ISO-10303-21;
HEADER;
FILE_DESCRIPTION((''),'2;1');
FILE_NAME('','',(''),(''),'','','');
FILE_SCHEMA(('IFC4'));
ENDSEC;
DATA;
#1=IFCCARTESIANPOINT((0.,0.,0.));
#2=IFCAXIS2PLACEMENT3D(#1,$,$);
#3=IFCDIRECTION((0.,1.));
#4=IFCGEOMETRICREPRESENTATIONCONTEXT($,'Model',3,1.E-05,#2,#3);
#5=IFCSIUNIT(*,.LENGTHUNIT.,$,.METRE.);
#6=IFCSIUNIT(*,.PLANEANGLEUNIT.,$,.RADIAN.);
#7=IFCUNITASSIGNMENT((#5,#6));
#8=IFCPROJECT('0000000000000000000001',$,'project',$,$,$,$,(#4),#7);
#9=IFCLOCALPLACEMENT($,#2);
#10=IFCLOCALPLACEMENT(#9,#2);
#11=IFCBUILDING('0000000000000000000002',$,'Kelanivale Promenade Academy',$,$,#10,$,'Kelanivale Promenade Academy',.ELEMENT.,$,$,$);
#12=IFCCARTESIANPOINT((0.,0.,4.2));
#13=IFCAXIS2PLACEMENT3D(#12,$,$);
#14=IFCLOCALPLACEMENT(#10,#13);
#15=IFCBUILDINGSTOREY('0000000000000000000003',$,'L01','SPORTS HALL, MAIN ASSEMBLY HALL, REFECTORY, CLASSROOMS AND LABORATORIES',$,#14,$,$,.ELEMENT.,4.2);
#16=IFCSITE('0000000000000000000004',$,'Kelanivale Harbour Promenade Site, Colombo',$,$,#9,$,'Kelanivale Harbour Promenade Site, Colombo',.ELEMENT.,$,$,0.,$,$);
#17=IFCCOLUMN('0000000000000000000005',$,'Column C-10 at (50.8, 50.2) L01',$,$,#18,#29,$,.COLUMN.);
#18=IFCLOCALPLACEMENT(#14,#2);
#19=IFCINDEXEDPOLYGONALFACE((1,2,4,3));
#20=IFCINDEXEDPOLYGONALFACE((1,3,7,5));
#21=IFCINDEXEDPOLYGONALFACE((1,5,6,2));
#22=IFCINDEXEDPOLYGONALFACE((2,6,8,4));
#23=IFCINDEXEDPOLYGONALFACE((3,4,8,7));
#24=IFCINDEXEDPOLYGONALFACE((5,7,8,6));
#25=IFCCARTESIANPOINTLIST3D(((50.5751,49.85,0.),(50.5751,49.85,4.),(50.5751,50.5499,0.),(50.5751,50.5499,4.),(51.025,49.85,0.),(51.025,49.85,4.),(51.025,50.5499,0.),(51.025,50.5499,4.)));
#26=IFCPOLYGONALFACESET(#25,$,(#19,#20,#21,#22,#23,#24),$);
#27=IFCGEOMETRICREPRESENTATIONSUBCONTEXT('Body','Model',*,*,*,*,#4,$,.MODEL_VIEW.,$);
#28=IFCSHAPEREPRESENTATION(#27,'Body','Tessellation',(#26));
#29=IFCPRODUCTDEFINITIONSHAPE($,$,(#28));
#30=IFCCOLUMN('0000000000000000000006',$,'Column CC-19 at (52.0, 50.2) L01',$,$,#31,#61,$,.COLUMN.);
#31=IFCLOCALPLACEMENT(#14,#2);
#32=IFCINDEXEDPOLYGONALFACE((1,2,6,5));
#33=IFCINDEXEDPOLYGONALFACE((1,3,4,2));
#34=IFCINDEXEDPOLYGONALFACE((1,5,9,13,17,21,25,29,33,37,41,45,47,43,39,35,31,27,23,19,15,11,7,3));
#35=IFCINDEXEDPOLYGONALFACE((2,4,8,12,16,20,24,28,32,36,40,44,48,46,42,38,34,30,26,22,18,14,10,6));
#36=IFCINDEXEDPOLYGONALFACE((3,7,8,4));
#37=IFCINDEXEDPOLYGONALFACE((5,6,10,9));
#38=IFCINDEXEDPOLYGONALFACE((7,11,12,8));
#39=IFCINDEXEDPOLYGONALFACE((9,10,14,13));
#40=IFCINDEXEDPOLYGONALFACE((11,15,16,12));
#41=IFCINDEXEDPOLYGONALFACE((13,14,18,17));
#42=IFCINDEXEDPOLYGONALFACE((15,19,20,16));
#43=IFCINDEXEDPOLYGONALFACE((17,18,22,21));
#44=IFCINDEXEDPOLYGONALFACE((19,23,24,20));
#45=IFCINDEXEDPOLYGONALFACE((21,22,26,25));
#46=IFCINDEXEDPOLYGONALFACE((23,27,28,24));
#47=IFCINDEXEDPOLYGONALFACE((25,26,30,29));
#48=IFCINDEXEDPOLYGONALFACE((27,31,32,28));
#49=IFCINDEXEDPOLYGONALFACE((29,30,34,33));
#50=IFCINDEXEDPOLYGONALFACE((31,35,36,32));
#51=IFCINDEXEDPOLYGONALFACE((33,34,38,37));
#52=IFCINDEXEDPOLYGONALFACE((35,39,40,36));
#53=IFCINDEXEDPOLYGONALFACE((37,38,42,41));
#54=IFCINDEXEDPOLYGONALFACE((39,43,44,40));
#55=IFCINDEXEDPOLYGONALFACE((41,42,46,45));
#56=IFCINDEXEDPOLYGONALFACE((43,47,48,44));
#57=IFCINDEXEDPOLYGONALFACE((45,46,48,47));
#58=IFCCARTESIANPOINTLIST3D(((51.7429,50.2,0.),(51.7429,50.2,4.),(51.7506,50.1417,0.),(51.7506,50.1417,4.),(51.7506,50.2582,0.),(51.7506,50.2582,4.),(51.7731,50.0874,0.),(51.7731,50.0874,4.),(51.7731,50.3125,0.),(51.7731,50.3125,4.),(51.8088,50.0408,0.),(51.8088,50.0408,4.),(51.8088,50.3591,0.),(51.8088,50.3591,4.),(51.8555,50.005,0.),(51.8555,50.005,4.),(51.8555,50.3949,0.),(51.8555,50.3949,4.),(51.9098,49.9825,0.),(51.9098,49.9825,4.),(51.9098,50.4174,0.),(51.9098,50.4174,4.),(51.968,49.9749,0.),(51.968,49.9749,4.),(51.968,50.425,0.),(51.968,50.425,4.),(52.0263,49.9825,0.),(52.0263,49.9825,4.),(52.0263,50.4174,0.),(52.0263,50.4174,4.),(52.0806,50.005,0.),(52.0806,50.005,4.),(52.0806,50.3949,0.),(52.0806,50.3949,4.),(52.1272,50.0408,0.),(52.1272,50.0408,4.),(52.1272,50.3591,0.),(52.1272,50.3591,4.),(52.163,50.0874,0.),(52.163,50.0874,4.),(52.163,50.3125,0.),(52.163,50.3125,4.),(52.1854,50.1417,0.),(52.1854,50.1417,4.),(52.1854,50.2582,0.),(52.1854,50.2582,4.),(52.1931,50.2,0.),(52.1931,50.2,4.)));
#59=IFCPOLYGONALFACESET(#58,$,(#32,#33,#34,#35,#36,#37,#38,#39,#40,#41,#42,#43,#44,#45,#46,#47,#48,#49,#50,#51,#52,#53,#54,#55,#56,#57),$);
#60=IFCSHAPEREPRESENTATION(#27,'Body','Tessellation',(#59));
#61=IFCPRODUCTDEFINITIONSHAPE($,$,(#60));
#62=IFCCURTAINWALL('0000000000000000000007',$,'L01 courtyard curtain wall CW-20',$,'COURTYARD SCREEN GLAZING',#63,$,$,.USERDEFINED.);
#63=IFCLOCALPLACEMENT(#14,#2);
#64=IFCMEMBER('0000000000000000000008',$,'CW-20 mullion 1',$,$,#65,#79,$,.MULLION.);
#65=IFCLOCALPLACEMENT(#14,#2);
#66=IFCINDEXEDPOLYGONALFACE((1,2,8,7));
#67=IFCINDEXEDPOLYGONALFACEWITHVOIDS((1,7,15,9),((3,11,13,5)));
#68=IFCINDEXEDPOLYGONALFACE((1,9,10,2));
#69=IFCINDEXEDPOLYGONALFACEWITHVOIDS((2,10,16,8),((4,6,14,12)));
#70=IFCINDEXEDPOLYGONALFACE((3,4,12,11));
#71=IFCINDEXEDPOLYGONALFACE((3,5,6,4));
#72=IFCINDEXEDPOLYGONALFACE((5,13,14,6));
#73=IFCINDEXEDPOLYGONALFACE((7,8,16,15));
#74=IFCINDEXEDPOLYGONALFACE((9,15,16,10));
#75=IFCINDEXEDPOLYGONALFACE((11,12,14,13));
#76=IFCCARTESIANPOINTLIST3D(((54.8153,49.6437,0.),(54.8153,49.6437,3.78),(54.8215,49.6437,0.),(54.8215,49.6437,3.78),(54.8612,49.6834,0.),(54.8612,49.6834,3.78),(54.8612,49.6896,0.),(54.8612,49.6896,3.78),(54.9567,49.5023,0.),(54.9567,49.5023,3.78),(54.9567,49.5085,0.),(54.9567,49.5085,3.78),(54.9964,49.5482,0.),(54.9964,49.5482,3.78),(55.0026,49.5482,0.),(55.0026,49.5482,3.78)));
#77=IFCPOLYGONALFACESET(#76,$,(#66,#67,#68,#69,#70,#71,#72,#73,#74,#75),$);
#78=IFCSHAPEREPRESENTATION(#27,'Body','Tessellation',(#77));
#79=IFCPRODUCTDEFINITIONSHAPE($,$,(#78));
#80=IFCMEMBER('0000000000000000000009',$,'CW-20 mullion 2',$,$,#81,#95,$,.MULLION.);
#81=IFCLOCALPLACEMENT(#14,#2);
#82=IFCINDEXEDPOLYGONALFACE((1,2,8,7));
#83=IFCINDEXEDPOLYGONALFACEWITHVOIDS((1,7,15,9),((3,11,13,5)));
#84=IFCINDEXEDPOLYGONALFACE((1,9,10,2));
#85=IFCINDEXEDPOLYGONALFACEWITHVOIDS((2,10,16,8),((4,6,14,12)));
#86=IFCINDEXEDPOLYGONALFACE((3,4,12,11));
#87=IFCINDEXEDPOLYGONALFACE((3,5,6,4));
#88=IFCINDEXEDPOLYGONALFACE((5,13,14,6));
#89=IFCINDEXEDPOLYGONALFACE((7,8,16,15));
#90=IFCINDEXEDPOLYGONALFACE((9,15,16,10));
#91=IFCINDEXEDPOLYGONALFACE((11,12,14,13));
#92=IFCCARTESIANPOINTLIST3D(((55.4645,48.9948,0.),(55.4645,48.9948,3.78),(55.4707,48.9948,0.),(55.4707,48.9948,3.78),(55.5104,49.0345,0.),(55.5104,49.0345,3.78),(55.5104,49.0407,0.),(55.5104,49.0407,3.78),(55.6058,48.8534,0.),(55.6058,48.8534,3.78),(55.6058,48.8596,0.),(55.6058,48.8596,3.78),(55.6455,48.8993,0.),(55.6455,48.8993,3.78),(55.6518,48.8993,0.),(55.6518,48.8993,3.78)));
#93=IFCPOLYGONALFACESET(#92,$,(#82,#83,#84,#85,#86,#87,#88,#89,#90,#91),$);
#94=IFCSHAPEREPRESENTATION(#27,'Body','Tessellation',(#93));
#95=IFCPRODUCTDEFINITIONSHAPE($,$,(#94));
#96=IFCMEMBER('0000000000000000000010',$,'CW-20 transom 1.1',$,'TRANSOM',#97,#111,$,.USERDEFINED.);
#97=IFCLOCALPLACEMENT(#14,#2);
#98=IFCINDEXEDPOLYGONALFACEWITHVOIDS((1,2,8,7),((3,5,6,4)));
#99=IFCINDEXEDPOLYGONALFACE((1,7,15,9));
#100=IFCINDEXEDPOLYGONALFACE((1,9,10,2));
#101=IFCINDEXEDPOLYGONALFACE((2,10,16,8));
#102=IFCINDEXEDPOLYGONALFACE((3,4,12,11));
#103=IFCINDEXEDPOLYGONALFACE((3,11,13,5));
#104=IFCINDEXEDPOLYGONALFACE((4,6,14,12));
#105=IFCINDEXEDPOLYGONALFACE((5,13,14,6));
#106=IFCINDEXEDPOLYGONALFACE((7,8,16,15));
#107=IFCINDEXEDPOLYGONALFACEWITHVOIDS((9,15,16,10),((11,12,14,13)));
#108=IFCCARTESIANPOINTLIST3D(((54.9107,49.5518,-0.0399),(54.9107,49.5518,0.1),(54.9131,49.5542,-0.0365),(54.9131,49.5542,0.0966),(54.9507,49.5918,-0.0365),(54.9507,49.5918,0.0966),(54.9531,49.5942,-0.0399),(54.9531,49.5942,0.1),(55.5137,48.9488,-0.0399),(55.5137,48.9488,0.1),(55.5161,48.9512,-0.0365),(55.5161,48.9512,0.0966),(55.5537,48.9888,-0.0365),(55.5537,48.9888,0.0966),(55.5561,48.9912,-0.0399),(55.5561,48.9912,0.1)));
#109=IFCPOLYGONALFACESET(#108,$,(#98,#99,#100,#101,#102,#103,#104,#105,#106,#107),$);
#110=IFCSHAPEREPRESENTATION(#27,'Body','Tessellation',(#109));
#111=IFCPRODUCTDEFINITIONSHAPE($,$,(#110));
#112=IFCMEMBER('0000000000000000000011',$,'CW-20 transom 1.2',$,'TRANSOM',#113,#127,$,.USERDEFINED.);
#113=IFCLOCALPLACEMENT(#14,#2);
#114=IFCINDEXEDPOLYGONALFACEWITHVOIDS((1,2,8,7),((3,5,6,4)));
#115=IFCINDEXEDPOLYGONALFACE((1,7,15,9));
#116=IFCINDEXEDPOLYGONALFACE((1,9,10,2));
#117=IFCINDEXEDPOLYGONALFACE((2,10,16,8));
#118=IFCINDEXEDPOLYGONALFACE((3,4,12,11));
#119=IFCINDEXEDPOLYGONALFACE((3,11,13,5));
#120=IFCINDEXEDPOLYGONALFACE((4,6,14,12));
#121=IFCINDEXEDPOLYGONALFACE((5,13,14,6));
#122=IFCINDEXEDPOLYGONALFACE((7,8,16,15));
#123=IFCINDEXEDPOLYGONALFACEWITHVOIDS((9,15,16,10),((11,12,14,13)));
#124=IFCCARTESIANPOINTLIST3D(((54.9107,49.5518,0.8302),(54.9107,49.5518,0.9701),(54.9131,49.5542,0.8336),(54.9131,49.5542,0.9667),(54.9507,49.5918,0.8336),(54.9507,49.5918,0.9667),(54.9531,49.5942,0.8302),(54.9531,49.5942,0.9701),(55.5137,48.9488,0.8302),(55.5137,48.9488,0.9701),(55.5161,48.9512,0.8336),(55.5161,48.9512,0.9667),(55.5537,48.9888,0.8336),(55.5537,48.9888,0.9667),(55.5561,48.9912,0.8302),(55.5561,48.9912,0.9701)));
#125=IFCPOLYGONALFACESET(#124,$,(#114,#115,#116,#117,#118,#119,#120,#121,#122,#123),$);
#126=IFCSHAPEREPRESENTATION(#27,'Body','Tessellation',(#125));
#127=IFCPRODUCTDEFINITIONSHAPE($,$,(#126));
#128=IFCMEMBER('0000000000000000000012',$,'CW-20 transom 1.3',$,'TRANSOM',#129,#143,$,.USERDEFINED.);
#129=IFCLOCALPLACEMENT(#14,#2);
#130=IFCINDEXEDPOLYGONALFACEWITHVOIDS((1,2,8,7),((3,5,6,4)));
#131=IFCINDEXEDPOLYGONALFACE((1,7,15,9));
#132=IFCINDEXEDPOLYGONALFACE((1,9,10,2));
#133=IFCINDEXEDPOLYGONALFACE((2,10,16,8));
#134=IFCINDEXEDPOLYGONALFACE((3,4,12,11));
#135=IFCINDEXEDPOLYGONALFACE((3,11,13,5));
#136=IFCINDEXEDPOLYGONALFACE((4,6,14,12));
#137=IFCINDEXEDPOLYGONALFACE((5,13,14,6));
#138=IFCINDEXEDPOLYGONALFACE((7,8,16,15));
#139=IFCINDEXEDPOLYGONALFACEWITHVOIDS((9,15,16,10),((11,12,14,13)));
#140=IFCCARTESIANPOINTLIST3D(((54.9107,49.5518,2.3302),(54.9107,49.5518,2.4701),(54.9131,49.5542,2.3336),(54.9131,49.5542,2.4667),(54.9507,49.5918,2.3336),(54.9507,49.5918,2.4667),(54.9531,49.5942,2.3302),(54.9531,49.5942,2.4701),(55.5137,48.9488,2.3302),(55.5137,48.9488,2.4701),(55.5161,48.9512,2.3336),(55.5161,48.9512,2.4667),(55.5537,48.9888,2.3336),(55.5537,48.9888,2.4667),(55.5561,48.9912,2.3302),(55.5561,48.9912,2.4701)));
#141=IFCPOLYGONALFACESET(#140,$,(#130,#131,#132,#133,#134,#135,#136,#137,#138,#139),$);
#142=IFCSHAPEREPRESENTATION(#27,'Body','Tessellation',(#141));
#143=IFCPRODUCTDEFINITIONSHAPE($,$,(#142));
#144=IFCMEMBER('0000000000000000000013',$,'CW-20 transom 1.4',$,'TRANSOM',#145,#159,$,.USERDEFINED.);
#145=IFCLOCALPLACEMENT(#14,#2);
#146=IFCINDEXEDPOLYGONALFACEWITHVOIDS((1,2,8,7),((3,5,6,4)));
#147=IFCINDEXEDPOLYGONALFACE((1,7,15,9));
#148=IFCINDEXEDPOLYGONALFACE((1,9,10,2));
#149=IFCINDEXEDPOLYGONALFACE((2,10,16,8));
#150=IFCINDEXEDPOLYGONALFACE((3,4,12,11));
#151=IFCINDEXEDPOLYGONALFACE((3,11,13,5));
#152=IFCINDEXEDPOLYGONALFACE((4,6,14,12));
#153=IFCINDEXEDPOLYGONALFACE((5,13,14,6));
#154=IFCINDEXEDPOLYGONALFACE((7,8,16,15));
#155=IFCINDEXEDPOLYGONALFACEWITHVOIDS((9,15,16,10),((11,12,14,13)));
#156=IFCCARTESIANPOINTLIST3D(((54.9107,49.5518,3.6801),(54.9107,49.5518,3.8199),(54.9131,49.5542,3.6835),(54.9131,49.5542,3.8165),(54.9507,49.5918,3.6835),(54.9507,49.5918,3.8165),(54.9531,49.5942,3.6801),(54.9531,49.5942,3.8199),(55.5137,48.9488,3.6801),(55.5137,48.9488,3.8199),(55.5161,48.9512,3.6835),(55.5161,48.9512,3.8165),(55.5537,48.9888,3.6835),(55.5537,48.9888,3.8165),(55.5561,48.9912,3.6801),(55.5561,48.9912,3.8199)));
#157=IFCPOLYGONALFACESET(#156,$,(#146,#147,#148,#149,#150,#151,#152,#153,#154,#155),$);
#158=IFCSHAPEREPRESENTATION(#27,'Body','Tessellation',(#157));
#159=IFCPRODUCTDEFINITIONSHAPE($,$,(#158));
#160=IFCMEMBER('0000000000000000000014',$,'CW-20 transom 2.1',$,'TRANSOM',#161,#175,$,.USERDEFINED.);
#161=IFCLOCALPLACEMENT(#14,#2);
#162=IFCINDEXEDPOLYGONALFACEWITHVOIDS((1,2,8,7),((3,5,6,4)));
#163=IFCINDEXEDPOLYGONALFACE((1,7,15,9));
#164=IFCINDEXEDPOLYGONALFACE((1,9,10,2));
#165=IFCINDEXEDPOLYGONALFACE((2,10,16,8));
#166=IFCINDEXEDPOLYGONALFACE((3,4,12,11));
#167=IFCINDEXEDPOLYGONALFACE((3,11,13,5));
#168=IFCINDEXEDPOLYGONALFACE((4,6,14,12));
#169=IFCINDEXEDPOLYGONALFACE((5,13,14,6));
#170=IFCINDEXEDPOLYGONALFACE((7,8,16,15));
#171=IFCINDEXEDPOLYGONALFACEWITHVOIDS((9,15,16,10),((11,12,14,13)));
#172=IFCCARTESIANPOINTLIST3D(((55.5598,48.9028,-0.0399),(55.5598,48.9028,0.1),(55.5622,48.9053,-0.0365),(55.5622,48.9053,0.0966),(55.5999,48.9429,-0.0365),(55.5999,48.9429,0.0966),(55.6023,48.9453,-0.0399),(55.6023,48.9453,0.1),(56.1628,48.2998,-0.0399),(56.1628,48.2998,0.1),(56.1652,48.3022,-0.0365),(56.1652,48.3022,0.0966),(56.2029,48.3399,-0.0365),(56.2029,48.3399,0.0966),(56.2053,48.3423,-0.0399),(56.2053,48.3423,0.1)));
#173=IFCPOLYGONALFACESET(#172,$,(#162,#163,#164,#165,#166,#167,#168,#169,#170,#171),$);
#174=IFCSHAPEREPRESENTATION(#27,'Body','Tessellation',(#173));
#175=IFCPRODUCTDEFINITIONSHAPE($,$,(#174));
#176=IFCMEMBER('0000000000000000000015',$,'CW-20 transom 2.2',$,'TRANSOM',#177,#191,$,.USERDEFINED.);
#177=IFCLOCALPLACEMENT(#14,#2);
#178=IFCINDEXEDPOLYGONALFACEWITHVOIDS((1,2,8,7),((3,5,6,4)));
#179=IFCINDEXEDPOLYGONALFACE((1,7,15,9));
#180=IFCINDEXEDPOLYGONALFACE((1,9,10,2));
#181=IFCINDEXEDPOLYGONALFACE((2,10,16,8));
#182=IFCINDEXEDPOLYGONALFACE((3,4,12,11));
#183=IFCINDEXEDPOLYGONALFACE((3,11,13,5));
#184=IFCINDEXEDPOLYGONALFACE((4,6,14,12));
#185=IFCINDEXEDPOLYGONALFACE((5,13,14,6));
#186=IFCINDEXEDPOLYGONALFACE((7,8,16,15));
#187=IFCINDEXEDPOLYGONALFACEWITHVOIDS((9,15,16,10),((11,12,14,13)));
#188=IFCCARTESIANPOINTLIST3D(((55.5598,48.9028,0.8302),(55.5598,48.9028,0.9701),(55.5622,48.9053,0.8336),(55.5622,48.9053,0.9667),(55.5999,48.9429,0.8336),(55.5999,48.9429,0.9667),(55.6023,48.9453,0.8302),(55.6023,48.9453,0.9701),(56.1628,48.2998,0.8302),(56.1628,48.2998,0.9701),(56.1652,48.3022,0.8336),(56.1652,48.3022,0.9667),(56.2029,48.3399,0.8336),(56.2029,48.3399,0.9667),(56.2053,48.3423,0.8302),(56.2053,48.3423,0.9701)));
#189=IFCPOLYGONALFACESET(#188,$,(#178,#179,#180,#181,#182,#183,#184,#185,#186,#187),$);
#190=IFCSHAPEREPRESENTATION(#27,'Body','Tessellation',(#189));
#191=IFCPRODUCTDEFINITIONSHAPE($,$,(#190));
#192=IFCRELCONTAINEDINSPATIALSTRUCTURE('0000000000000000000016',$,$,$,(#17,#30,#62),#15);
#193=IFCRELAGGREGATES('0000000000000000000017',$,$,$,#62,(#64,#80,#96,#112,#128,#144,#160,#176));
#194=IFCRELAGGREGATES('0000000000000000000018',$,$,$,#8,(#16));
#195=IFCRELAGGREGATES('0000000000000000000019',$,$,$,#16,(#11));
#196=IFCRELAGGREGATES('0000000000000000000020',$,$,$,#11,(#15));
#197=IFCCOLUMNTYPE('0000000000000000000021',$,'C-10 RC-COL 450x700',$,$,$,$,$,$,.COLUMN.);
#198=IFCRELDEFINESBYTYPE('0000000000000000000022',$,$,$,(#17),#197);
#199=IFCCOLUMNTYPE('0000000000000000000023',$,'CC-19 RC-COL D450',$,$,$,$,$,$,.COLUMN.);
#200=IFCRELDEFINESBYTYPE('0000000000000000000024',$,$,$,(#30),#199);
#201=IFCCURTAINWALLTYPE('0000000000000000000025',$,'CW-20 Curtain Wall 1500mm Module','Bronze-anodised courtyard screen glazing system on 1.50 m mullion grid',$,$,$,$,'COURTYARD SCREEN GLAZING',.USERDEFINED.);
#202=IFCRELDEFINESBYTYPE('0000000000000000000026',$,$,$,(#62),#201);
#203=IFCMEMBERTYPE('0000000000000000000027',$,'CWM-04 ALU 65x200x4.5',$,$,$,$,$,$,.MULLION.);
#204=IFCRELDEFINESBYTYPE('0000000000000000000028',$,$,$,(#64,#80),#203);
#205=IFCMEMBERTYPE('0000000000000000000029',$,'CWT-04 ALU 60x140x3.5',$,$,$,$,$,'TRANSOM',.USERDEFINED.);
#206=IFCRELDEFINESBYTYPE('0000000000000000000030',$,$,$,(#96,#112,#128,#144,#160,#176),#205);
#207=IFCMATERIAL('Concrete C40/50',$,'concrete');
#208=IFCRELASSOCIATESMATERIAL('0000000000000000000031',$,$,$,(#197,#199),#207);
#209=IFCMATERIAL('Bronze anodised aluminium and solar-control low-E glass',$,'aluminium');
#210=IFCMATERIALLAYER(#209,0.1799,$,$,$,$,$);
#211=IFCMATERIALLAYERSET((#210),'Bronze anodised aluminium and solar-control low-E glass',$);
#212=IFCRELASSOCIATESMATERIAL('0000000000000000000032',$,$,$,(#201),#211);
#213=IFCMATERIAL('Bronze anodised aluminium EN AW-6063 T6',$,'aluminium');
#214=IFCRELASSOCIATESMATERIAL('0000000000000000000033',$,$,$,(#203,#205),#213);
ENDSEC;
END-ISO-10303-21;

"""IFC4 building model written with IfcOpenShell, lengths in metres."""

from ifc_helpers import new_model, si_unit, direction, frame, origin, origin_2d, place, context, subcontext, project, spatial, rectangle, hollow_rectangle, circle, extrude, material, layer, layer_set, material_profile, profile_set, type_object, element, aggregate, save


model = new_model("IFC4")

# Units and contexts
model_context = context("Model", 3, precision=1e-05, world=origin(), true_north=direction((0.0, 1.0)))
body_context = subcontext(model_context, "Body", "Model", "MODEL_VIEW")
ifc_project = project(units=[si_unit("LENGTHUNIT", "METRE"), si_unit("PLANEANGLEUNIT", "RADIAN")], contexts=[model_context])

# Site, building, storey
site_placement = place(None, origin())
site = spatial("IfcSite", under=ifc_project, at=site_placement, Name="Kelanivale Harbour Promenade Site, Colombo", LongName="Kelanivale Harbour Promenade Site, Colombo", CompositionType="ELEMENT", RefElevation=0.0)
building_placement = place(site_placement, origin())
building = spatial("IfcBuilding", under=site, at=building_placement, Name="Kelanivale Promenade Academy", LongName="Kelanivale Promenade Academy", CompositionType="ELEMENT")
storey_placement = place(building_placement, frame((0.0, 0.0, 4.2)))
storey = spatial("IfcBuildingStorey", under=building, at=storey_placement, Name="L01", Description="SPORTS HALL, MAIN ASSEMBLY HALL, REFECTORY, CLASSROOMS AND LABORATORIES", CompositionType="ELEMENT", Elevation=4.2)

# Columns
ifc_material_1 = material(Name="Concrete C40/50", Category="concrete")
ifc_material_profile_1 = material_profile(ifc_material_1, rectangle(XDim=0.45, YDim=0.7, at=origin_2d()), Name="RC-COL 450x700")
ifc_profile_set_1 = profile_set([ifc_material_profile_1], Name="Concrete C40/50")
column_type_1 = type_object("IfcColumnType", Name="C-10 RC-COL 450x700", PredefinedType="COLUMN", material=ifc_profile_set_1)
column_1_placement = place(storey_placement, frame((50.8, 50.2, 0.0), z_axis=(0.0, 0.0, 1.0), x_axis=(1.0, 0.0, 0.0)))
element("IfcColumn", 1, at=column_1_placement, inside=storey, type_object=column_type_1, Name="Column C-10 at (50.8, 50.2) L01", PredefinedType="COLUMN", context=body_context, shape_type="SweptSolid", body=[
    extrude(rectangle(XDim=0.45, YDim=0.7, at=origin_2d()), origin(), (0.0, 0.0, 1.0), 4.0),
])
ifc_material_profile_2 = material_profile(ifc_material_1, circle(Radius=0.2251, at=origin_2d()), Name="RC-COL D450")
ifc_profile_set_2 = profile_set([ifc_material_profile_2], Name="Concrete C40/50")
column_type_2 = type_object("IfcColumnType", Name="CC-19 RC-COL D450", PredefinedType="COLUMN", material=ifc_profile_set_2)
column_2_placement = place(storey_placement, frame((51.968, 50.2, 0.0), z_axis=(0.0, 0.0, 1.0), x_axis=(1.0, 0.0, 0.0)))
element("IfcColumn", 2, at=column_2_placement, inside=storey, type_object=column_type_2, Name="Column CC-19 at (52.0, 50.2) L01", PredefinedType="COLUMN", context=body_context, shape_type="SweptSolid", body=[
    extrude(circle(Radius=0.2251, at=origin_2d()), origin(), (0.0, 0.0, 1.0), 4.0),
])

# Curtain wall, members
ifc_material_2 = material(Name="Bronze anodised aluminium and solar-control low-E glass", Category="aluminium")
ifc_layer_1 = layer(ifc_material_2, 0.1799)
ifc_layer_set_1 = layer_set([ifc_layer_1], Name="Bronze anodised aluminium and solar-control low-E glass")
curtain_wall_type = type_object("IfcCurtainWallType", Name="CW-20 Curtain Wall 1500mm Module", Description="Bronze-anodised courtyard screen glazing system on 1.50 m mullion grid", ElementType="COURTYARD SCREEN GLAZING", PredefinedType="USERDEFINED", material=ifc_layer_set_1)
curtain_wall_placement = place(storey_placement, origin())
curtain_wall = element("IfcCurtainWall", 3, at=curtain_wall_placement, inside=storey, type_object=curtain_wall_type, Name="L01 courtyard curtain wall CW-20", ObjectType="COURTYARD SCREEN GLAZING", PredefinedType="USERDEFINED")
ifc_material_3 = material(Name="Bronze anodised aluminium EN AW-6063 T6", Category="aluminium")
ifc_material_profile_3 = material_profile(ifc_material_3, hollow_rectangle(XDim=0.0649, YDim=0.2, WallThickness=0.0044, at=origin_2d()), Name="ALU 65x200x4.5")
ifc_profile_set_3 = profile_set([ifc_material_profile_3], Name="Bronze anodised aluminium EN AW-6063 T6")
member_type_1 = type_object("IfcMemberType", Name="CWM-04 ALU 65x200x4.5", PredefinedType="MULLION", material=ifc_profile_set_3)
member_1_placement = place(storey_placement, frame((54.9089, 49.5959, 0.0), z_axis=(0.0, 0.0, 1.0), x_axis=(0.707107, 0.707107, 0.0)))
member_1 = element("IfcMember", 4, at=member_1_placement, type_object=member_type_1, Name="CW-20 mullion 1", PredefinedType="MULLION", context=body_context, shape_type="SweptSolid", body=[
    extrude(hollow_rectangle(XDim=0.0649, YDim=0.2, WallThickness=0.0044, at=origin_2d()), origin(), (0.0, 0.0, 1.0), 3.78),
])
member_2_placement = place(storey_placement, frame((55.5581, 48.947, 0.0), z_axis=(0.0, 0.0, 1.0), x_axis=(0.707107, 0.707107, 0.0)))
member_2 = element("IfcMember", 5, at=member_2_placement, type_object=member_type_1, Name="CW-20 mullion 2", PredefinedType="MULLION", context=body_context, shape_type="SweptSolid", body=[
    extrude(hollow_rectangle(XDim=0.0649, YDim=0.2, WallThickness=0.0044, at=origin_2d()), origin(), (0.0, 0.0, 1.0), 3.78),
])
ifc_material_profile_4 = material_profile(ifc_material_3, hollow_rectangle(XDim=0.0601, YDim=0.1399, WallThickness=0.0034, at=origin_2d()), Name="ALU 60x140x3.5")
ifc_profile_set_4 = profile_set([ifc_material_profile_4], Name="Bronze anodised aluminium EN AW-6063 T6")
member_type_2 = type_object("IfcMemberType", Name="CWT-04 ALU 60x140x3.5", ElementType="TRANSOM", PredefinedType="USERDEFINED", material=ifc_profile_set_4)
member_3_placement = place(storey_placement, frame((54.9319, 49.573, 0.03), z_axis=(0.707107, -0.707107, 0.0), x_axis=(0.707107, 0.707107, 0.0)))
member_3 = element("IfcMember", 6, at=member_3_placement, type_object=member_type_2, Name="CW-20 transom 1.1", ObjectType="TRANSOM", PredefinedType="USERDEFINED", context=body_context, shape_type="SweptSolid", body=[
    extrude(hollow_rectangle(XDim=0.0601, YDim=0.1399, WallThickness=0.0034, at=origin_2d()), origin(), (0.0, 0.0, 1.0), 0.8528),
])
member_4_placement = place(storey_placement, frame((54.9319, 49.573, 0.9001), z_axis=(0.707107, -0.707107, 0.0), x_axis=(0.707107, 0.707107, 0.0)))
member_4 = element("IfcMember", 7, at=member_4_placement, type_object=member_type_2, Name="CW-20 transom 1.2", ObjectType="TRANSOM", PredefinedType="USERDEFINED", context=body_context, shape_type="SweptSolid", body=[
    extrude(hollow_rectangle(XDim=0.0601, YDim=0.1399, WallThickness=0.0034, at=origin_2d()), origin(), (0.0, 0.0, 1.0), 0.8528),
])
member_5_placement = place(storey_placement, frame((54.9319, 49.573, 2.4001), z_axis=(0.707107, -0.707107, 0.0), x_axis=(0.707107, 0.707107, 0.0)))
member_5 = element("IfcMember", 8, at=member_5_placement, type_object=member_type_2, Name="CW-20 transom 1.3", ObjectType="TRANSOM", PredefinedType="USERDEFINED", context=body_context, shape_type="SweptSolid", body=[
    extrude(hollow_rectangle(XDim=0.0601, YDim=0.1399, WallThickness=0.0034, at=origin_2d()), origin(), (0.0, 0.0, 1.0), 0.8528),
])
member_6_placement = place(storey_placement, frame((54.9319, 49.573, 3.75), z_axis=(0.707107, -0.707107, 0.0), x_axis=(0.707107, 0.707107, 0.0)))
member_6 = element("IfcMember", 9, at=member_6_placement, type_object=member_type_2, Name="CW-20 transom 1.4", ObjectType="TRANSOM", PredefinedType="USERDEFINED", context=body_context, shape_type="SweptSolid", body=[
    extrude(hollow_rectangle(XDim=0.0601, YDim=0.1399, WallThickness=0.0034, at=origin_2d()), origin(), (0.0, 0.0, 1.0), 0.8528),
])
member_7_placement = place(storey_placement, frame((55.5811, 48.9241, 0.03), z_axis=(0.707107, -0.707107, 0.0), x_axis=(0.707107, 0.707107, 0.0)))
member_7 = element("IfcMember", 10, at=member_7_placement, type_object=member_type_2, Name="CW-20 transom 2.1", ObjectType="TRANSOM", PredefinedType="USERDEFINED", context=body_context, shape_type="SweptSolid", body=[
    extrude(hollow_rectangle(XDim=0.0601, YDim=0.1399, WallThickness=0.0034, at=origin_2d()), origin(), (0.0, 0.0, 1.0), 0.8528),
])
member_8_placement = place(storey_placement, frame((55.5811, 48.9241, 0.9001), z_axis=(0.707107, -0.707107, 0.0), x_axis=(0.707107, 0.707107, 0.0)))
member_8 = element("IfcMember", 11, at=member_8_placement, type_object=member_type_2, Name="CW-20 transom 2.2", ObjectType="TRANSOM", PredefinedType="USERDEFINED", context=body_context, shape_type="SweptSolid", body=[
    extrude(hollow_rectangle(XDim=0.0601, YDim=0.1399, WallThickness=0.0034, at=origin_2d()), origin(), (0.0, 0.0, 1.0), 0.8528),
])
aggregate(curtain_wall, [member_1, member_2, member_3, member_4, member_5, member_6, member_7, member_8])

save(model, "model.ifc")
